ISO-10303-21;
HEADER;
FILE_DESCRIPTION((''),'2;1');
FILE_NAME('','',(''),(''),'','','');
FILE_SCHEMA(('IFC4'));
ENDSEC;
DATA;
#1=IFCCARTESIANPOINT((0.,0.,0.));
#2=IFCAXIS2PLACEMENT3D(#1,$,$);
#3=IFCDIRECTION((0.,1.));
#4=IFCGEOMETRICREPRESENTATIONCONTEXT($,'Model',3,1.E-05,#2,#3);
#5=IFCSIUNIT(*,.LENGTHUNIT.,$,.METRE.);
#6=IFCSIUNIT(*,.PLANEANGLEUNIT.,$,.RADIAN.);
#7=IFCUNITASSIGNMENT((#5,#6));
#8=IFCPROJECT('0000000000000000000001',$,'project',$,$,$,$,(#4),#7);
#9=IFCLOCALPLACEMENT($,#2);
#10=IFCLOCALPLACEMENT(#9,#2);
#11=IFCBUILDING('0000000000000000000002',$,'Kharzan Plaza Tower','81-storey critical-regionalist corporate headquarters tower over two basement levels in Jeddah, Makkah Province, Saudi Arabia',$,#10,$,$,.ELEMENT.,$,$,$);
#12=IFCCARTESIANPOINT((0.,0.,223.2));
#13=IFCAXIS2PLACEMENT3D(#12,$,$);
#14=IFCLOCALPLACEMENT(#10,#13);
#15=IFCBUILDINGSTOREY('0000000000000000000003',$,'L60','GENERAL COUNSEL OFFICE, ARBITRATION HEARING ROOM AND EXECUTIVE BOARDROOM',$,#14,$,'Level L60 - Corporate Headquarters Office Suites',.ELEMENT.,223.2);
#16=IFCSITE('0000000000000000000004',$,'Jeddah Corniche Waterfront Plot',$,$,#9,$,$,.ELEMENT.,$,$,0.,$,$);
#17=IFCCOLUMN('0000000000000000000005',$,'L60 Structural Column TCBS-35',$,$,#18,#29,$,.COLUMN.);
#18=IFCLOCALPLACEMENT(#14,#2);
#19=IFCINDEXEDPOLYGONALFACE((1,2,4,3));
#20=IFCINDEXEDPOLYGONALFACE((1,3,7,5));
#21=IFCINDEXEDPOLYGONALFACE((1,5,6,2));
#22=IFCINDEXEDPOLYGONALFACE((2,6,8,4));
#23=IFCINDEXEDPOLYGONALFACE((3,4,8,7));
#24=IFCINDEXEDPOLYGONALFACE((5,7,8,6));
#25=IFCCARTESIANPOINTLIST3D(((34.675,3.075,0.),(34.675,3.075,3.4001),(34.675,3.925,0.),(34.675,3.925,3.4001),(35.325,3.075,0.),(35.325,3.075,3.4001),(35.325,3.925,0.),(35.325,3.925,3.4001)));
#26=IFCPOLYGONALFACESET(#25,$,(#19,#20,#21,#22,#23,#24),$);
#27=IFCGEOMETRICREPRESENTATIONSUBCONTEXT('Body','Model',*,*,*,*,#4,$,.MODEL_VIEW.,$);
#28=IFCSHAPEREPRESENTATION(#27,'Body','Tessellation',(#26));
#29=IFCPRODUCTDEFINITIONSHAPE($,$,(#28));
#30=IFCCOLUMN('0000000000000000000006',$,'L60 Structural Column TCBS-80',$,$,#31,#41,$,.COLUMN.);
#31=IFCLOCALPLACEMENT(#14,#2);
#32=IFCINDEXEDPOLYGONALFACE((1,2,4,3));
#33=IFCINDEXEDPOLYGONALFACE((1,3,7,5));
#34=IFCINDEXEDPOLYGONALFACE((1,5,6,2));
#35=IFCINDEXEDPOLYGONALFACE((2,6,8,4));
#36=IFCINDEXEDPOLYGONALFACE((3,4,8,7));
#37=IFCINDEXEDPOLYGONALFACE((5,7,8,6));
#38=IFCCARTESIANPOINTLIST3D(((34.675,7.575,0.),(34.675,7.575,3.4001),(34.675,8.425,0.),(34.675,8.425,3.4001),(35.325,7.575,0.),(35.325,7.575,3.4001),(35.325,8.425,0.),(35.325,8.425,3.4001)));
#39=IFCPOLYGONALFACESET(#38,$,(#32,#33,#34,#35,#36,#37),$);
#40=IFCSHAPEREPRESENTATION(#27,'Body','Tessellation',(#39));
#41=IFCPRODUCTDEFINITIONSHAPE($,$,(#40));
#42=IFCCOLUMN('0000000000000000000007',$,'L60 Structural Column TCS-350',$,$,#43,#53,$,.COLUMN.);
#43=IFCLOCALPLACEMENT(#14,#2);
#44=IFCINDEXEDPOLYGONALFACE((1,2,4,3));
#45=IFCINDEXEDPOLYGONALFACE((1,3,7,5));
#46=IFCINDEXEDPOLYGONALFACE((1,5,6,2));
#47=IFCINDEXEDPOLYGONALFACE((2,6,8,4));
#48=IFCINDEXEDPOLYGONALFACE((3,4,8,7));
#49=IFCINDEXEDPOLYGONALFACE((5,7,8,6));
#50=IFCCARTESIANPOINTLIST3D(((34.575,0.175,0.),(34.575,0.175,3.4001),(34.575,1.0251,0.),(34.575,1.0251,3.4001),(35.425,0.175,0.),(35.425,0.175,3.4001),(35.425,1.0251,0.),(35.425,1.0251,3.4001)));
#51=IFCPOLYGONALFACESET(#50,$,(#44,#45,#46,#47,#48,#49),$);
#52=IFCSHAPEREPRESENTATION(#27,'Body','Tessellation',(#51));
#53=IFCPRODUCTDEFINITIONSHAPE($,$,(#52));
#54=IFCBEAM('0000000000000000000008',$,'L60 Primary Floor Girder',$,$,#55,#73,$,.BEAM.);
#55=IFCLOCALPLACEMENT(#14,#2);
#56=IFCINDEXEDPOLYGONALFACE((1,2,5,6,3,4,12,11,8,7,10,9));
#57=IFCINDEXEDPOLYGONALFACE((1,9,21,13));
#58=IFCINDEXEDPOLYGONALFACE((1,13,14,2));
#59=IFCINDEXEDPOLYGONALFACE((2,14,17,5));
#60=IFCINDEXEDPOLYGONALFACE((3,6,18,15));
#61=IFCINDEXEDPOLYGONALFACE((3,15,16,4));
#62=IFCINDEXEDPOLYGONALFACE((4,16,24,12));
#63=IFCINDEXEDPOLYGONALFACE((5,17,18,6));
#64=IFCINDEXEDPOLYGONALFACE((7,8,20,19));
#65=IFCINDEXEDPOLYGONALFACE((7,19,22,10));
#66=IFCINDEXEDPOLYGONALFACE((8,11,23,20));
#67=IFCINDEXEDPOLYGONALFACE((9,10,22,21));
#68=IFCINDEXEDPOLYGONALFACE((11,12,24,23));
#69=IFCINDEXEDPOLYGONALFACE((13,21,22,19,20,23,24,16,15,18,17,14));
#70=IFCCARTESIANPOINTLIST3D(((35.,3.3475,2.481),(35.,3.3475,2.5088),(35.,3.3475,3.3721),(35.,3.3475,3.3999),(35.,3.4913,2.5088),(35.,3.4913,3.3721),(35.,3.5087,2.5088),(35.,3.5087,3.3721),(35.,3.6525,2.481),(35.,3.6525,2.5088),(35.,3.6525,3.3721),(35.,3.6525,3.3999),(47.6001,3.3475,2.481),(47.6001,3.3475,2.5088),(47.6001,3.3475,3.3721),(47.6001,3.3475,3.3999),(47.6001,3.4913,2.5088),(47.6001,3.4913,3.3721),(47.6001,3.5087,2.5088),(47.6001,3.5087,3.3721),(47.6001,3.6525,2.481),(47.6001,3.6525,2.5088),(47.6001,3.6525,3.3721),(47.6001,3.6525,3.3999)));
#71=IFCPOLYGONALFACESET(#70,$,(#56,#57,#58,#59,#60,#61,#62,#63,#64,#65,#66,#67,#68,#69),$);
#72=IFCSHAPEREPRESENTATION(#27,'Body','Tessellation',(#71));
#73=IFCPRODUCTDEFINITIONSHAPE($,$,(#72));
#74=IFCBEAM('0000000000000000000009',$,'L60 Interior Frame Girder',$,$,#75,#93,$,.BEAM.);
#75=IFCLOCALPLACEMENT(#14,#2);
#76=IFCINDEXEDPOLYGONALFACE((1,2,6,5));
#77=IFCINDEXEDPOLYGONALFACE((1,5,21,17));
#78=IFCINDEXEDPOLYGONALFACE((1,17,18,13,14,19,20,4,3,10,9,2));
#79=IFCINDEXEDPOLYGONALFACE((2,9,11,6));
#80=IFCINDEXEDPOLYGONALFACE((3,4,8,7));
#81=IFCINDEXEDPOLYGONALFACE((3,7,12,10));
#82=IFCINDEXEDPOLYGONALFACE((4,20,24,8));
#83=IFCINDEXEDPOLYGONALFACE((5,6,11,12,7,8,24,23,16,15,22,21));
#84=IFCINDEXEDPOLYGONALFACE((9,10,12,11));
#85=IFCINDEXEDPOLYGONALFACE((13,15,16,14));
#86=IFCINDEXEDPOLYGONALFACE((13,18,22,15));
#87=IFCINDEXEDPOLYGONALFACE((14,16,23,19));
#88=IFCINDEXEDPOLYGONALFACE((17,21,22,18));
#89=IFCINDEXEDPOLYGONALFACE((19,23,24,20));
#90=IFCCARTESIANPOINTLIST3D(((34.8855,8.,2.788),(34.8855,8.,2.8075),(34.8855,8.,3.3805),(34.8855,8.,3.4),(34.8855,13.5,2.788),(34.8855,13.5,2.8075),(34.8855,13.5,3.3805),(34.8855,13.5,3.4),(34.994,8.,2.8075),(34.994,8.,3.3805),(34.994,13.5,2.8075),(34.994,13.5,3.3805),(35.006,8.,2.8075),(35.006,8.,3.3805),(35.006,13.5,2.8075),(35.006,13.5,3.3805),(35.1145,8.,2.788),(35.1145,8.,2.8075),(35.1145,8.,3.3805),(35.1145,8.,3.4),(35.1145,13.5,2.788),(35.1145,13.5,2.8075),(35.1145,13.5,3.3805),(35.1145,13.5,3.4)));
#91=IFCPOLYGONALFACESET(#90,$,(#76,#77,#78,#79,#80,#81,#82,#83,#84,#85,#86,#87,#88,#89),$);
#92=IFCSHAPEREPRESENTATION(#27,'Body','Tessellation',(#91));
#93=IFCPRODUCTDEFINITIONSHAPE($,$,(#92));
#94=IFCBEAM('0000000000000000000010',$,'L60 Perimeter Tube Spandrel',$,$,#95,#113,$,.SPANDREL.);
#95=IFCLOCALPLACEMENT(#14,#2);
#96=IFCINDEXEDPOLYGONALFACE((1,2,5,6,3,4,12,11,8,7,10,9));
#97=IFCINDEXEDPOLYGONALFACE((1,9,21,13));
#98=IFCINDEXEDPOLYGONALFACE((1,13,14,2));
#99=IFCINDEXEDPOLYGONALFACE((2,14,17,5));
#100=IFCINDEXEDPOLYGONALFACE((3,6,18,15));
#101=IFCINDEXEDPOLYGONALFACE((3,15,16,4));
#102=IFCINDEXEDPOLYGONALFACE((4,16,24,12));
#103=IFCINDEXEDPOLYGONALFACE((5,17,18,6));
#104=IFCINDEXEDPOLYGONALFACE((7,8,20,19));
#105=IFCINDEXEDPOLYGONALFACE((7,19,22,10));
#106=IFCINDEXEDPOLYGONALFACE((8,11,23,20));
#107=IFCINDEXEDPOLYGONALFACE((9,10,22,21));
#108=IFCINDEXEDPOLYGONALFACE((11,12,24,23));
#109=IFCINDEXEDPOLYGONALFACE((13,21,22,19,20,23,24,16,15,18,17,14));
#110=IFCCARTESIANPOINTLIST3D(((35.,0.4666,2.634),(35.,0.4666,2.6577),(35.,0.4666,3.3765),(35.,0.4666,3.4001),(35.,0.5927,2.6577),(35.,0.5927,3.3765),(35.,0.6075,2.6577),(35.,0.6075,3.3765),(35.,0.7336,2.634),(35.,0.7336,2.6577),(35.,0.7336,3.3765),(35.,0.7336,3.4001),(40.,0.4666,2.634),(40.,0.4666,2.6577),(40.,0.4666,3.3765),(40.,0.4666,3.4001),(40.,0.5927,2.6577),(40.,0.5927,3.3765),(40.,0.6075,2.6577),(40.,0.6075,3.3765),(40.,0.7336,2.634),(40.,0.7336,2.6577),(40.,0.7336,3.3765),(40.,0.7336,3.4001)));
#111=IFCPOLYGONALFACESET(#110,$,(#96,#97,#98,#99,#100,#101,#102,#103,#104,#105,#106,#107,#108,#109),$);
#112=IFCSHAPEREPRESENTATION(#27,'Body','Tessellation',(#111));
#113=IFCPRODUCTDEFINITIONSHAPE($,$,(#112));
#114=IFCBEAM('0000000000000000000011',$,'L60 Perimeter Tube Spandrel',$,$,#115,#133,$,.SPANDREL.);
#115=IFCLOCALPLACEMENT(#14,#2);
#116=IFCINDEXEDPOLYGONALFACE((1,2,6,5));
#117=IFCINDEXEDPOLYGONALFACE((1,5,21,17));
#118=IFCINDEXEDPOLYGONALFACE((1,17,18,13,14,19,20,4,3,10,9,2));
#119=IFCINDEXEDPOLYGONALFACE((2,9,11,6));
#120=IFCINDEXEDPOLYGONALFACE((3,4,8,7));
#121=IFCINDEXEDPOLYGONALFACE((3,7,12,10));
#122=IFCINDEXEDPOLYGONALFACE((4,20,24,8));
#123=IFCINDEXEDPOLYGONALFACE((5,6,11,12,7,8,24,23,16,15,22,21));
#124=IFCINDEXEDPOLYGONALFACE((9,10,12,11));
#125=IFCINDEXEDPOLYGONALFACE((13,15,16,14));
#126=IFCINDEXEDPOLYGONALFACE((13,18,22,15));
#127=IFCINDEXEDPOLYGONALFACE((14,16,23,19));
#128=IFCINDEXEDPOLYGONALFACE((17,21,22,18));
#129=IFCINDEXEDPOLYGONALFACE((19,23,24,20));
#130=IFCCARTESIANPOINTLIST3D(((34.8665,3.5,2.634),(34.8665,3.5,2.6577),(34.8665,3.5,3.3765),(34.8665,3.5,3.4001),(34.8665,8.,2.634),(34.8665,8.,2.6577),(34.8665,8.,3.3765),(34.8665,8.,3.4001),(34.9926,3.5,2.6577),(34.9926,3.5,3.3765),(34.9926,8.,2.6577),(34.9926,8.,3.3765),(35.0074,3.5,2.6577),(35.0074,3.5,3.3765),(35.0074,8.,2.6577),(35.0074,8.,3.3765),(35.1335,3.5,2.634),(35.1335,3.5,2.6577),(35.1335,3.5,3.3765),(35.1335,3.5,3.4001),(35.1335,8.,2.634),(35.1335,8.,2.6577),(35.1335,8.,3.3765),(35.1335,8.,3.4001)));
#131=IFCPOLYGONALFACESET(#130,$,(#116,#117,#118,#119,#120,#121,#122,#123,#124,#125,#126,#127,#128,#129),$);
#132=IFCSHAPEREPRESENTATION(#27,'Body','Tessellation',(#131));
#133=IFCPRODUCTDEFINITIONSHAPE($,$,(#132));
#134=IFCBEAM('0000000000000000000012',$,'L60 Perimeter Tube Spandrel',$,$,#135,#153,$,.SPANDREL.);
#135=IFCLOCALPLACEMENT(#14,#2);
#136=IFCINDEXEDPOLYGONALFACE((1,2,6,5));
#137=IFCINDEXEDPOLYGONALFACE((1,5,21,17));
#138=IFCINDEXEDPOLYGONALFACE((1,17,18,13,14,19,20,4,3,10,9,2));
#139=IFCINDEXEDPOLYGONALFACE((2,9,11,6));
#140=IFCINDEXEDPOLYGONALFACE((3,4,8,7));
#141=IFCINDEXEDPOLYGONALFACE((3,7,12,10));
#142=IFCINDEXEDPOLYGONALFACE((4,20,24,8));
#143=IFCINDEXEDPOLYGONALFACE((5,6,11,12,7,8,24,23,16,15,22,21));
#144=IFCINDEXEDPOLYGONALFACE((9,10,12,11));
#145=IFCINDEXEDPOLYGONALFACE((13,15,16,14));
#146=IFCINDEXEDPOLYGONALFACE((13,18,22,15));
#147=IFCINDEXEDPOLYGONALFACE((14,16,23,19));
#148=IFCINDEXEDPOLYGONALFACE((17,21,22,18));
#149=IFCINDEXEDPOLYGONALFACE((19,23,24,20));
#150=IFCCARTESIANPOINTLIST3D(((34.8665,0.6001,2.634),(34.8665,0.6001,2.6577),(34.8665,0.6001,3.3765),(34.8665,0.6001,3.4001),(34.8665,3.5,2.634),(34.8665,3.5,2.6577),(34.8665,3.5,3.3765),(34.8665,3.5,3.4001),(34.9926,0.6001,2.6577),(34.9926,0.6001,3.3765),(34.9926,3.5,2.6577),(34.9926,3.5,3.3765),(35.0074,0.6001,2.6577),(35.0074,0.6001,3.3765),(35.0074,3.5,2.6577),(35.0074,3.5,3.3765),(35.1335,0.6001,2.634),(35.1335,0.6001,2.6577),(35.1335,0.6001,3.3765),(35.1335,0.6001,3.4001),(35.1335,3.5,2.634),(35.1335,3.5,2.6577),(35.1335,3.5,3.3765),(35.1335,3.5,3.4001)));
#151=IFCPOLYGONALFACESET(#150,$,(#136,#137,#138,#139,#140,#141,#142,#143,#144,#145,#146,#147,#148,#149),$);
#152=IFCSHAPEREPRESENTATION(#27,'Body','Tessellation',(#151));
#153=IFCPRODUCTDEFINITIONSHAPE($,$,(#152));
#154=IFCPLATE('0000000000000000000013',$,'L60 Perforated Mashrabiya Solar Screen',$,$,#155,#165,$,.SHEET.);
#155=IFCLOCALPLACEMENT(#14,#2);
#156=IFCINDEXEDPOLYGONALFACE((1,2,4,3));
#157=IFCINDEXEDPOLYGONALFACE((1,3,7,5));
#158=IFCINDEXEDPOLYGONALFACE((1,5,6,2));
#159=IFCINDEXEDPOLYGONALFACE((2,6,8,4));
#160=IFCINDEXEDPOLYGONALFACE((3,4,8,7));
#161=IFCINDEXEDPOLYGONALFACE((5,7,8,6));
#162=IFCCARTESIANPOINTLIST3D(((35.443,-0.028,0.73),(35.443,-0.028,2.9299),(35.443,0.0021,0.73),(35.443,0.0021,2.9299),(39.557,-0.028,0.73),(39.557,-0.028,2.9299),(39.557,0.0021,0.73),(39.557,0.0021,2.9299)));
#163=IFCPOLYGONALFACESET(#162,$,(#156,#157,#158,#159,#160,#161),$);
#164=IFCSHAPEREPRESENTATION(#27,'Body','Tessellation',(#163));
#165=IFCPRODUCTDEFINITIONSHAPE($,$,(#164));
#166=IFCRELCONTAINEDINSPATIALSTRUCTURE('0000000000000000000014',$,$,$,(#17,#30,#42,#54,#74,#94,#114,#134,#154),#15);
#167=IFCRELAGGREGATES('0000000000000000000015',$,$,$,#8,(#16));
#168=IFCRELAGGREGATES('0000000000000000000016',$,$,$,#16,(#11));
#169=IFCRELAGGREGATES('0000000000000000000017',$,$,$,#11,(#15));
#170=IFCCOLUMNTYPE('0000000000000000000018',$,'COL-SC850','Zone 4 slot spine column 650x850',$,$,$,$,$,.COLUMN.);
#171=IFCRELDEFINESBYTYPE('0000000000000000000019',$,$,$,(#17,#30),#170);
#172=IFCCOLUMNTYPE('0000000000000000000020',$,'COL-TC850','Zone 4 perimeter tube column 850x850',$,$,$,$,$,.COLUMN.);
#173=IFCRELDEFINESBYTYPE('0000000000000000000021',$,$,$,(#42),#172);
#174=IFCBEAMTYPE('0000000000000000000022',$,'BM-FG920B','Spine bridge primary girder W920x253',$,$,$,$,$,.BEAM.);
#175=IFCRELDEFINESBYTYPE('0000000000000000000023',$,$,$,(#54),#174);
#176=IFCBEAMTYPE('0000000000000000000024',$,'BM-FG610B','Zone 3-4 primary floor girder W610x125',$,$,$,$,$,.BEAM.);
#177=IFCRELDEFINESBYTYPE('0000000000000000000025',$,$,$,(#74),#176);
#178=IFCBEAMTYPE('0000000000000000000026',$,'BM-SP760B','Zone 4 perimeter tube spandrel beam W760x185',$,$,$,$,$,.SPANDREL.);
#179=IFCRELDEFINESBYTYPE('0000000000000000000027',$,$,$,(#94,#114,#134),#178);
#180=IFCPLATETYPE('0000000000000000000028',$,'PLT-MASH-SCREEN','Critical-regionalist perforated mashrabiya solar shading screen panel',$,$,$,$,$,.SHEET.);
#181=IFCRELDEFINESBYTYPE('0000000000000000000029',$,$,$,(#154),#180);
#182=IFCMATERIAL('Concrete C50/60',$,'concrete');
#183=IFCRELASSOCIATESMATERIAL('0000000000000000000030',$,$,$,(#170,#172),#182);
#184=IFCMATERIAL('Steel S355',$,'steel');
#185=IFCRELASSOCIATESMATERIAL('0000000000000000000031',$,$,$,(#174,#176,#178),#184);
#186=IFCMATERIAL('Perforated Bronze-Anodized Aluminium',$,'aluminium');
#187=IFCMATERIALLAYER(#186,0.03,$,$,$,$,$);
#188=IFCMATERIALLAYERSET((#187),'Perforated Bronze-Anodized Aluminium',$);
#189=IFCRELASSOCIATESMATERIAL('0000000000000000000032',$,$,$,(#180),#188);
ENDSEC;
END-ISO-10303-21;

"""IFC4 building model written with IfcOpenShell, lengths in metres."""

from ifc_helpers import new_model, si_unit, direction, frame, origin, origin_2d, place, context, subcontext, project, spatial, rectangle, i_section, extrude, source, transform, mapped, material, layer, layer_set, material_profile, profile_set, type_object, element, save


model = new_model("IFC4")

# Units and contexts
model_context = context("Model", 3, precision=1e-05, world=origin(), true_north=direction((0.0, 1.0)))
body_context = subcontext(model_context, "Body", "Model", "MODEL_VIEW")
ifc_project = project(units=[si_unit("LENGTHUNIT", "METRE"), si_unit("PLANEANGLEUNIT", "RADIAN")], contexts=[model_context])

# Site, building, storey
site_placement = place(None, origin())
site = spatial("IfcSite", under=ifc_project, at=site_placement, Name="Jeddah Corniche Waterfront Plot", CompositionType="ELEMENT", RefElevation=0.0)
building_placement = place(site_placement, origin())
building = spatial("IfcBuilding", under=site, at=building_placement, Name="Kharzan Plaza Tower", Description="81-storey critical-regionalist corporate headquarters tower over two basement levels in Jeddah, Makkah Province, Saudi Arabia", CompositionType="ELEMENT")
storey_placement = place(building_placement, frame((0.0, 0.0, 223.2)))
storey = spatial("IfcBuildingStorey", under=building, at=storey_placement, Name="L60", Description="GENERAL COUNSEL OFFICE, ARBITRATION HEARING ROOM AND EXECUTIVE BOARDROOM", LongName="Level L60 - Corporate Headquarters Office Suites", CompositionType="ELEMENT", Elevation=223.2)

# Columns
ifc_material_1 = material(Name="Concrete C50/60", Category="concrete")
ifc_material_profile_1 = material_profile(ifc_material_1, rectangle(XDim=0.6499, YDim=0.8501, at=origin_2d()), Name="RC-SC850x650")
ifc_profile_set_1 = profile_set([ifc_material_profile_1], Name="Concrete C50/60")
column_type_1 = type_object("IfcColumnType", Name="COL-SC850", Description="Zone 4 slot spine column 650x850", PredefinedType="COLUMN", material=ifc_profile_set_1)
shared_shape_1 = source(origin(), body_context, "Body", "SweptSolid", [
    extrude(rectangle(XDim=0.6499, YDim=0.8501, at=origin_2d()), origin(), (0.0, 0.0, 1.0), 3.4001),
])
for number, where, z_axis, x_axis, name in (
    (1, (35.0, 3.5, 0.0), (0.0, 0.0, 1.0), (1.0, 0.0, 0.0), "L60 Structural Column TCBS-35"),
    (2, (35.0, 8.0, 0.0), (0.0, 0.0, 1.0), (1.0, 0.0, 0.0), "L60 Structural Column TCBS-80"),
):
    element("IfcColumn", number, at=place(storey_placement, frame(where, z_axis=z_axis, x_axis=x_axis)), inside=storey, type_object=column_type_1, Name=name, PredefinedType="COLUMN", context=body_context, shape_type="MappedRepresentation", body=[
        mapped(shared_shape_1, transform((0.0, 0.0, 0.0), x_axis=(1.0, 0.0, 0.0), y_axis=(0.0, 1.0, 0.0), z_axis=(0.0, 0.0, 1.0))),
    ])
ifc_material_profile_2 = material_profile(ifc_material_1, rectangle(XDim=0.8501, YDim=0.8501, at=origin_2d()), Name="RC-TC850x850")
ifc_profile_set_2 = profile_set([ifc_material_profile_2], Name="Concrete C50/60")
column_type_2 = type_object("IfcColumnType", Name="COL-TC850", Description="Zone 4 perimeter tube column 850x850", PredefinedType="COLUMN", material=ifc_profile_set_2)
shared_shape_2 = source(origin(), body_context, "Body", "SweptSolid", [
    extrude(rectangle(XDim=0.8501, YDim=0.8501, at=origin_2d()), origin(), (0.0, 0.0, 1.0), 3.4001),
])
column_placement = place(storey_placement, frame((35.0, 0.6001, 0.0), z_axis=(0.0, 0.0, 1.0), x_axis=(1.0, 0.0, 0.0)))
element("IfcColumn", 3, at=column_placement, inside=storey, type_object=column_type_2, Name="L60 Structural Column TCS-350", PredefinedType="COLUMN", context=body_context, shape_type="MappedRepresentation", body=[
    mapped(shared_shape_2, transform((0.0, 0.0, 0.0), x_axis=(1.0, 0.0, 0.0), y_axis=(0.0, 1.0, 0.0), z_axis=(0.0, 0.0, 1.0))),
])

# Beams
ifc_material_2 = material(Name="Steel S355", Category="steel")
ifc_material_profile_3 = material_profile(ifc_material_2, i_section(OverallWidth=0.3049, OverallDepth=0.9189, WebThickness=0.0173, FlangeThickness=0.0278, at=origin_2d()), Name="W920x253")
ifc_profile_set_3 = profile_set([ifc_material_profile_3], Name="Steel S355")
beam_type_1 = type_object("IfcBeamType", Name="BM-FG920B", Description="Spine bridge primary girder W920x253", PredefinedType="BEAM", material=ifc_profile_set_3)
shared_shape_3 = source(origin(), body_context, "Body", "SweptSolid", [
    extrude(i_section(OverallWidth=0.3049, OverallDepth=0.9189, WebThickness=0.0173, FlangeThickness=0.0278, at=origin_2d()), origin(), (0.0, 0.0, 1.0), 12.6001),
])
beam_1_placement = place(storey_placement, frame((35.0, 3.5, 2.9404), z_axis=(1.0, 0.0, 0.0), x_axis=(0.0, 1.0, 0.0)))
element("IfcBeam", 4, at=beam_1_placement, inside=storey, type_object=beam_type_1, Name="L60 Primary Floor Girder", PredefinedType="BEAM", context=body_context, shape_type="MappedRepresentation", body=[
    mapped(shared_shape_3, transform((0.0, 0.0, 0.0), x_axis=(1.0, 0.0, 0.0), y_axis=(0.0, 1.0, 0.0), z_axis=(0.0, 0.0, 1.0))),
])
ifc_material_profile_4 = material_profile(ifc_material_2, i_section(OverallWidth=0.229, OverallDepth=0.6121, WebThickness=0.012, FlangeThickness=0.0195, at=origin_2d()), Name="W610x125")
ifc_profile_set_4 = profile_set([ifc_material_profile_4], Name="Steel S355")
beam_type_2 = type_object("IfcBeamType", Name="BM-FG610B", Description="Zone 3-4 primary floor girder W610x125", PredefinedType="BEAM", material=ifc_profile_set_4)
shared_shape_4 = source(origin(), body_context, "Body", "SweptSolid", [
    extrude(i_section(OverallWidth=0.229, OverallDepth=0.6121, WebThickness=0.012, FlangeThickness=0.0195, at=origin_2d()), origin(), (0.0, 0.0, 1.0), 5.5),
])
beam_2_placement = place(storey_placement, frame((35.0, 8.0, 3.094), z_axis=(0.0, 1.0, 0.0), x_axis=(-1.0, 0.0, 0.0)))
element("IfcBeam", 5, at=beam_2_placement, inside=storey, type_object=beam_type_2, Name="L60 Interior Frame Girder", PredefinedType="BEAM", context=body_context, shape_type="MappedRepresentation", body=[
    mapped(shared_shape_4, transform((0.0, 0.0, 0.0), x_axis=(1.0, 0.0, 0.0), y_axis=(0.0, 1.0, 0.0), z_axis=(0.0, 0.0, 1.0))),
])
ifc_material_profile_5 = material_profile(ifc_material_2, i_section(OverallWidth=0.2671, OverallDepth=0.7661, WebThickness=0.0149, FlangeThickness=0.0237, at=origin_2d()), Name="W760x185")
ifc_profile_set_5 = profile_set([ifc_material_profile_5], Name="Steel S355")
beam_type_3 = type_object("IfcBeamType", Name="BM-SP760B", Description="Zone 4 perimeter tube spandrel beam W760x185", PredefinedType="SPANDREL", material=ifc_profile_set_5)
shared_shape_5 = source(origin(), body_context, "Body", "SweptSolid", [
    extrude(i_section(OverallWidth=0.2671, OverallDepth=0.7661, WebThickness=0.0149, FlangeThickness=0.0237, at=origin_2d()), origin(), (0.0, 0.0, 1.0), 5.0),
])
beam_3_placement = place(storey_placement, frame((35.0, 0.6001, 3.0171), z_axis=(1.0, 0.0, 0.0), x_axis=(0.0, 1.0, 0.0)))
element("IfcBeam", 6, at=beam_3_placement, inside=storey, type_object=beam_type_3, Name="L60 Perimeter Tube Spandrel", PredefinedType="SPANDREL", context=body_context, shape_type="MappedRepresentation", body=[
    mapped(shared_shape_5, transform((0.0, 0.0, 0.0), x_axis=(1.0, 0.0, 0.0), y_axis=(0.0, 1.0, 0.0), z_axis=(0.0, 0.0, 1.0))),
])
shared_shape_6 = source(origin(), body_context, "Body", "SweptSolid", [
    extrude(i_section(OverallWidth=0.2671, OverallDepth=0.7661, WebThickness=0.0149, FlangeThickness=0.0237, at=origin_2d()), origin(), (0.0, 0.0, 1.0), 4.5),
])
beam_4_placement = place(storey_placement, frame((35.0, 3.5, 3.0171), z_axis=(0.0, 1.0, 0.0), x_axis=(-1.0, 0.0, 0.0)))
element("IfcBeam", 7, at=beam_4_placement, inside=storey, type_object=beam_type_3, Name="L60 Perimeter Tube Spandrel", PredefinedType="SPANDREL", context=body_context, shape_type="MappedRepresentation", body=[
    mapped(shared_shape_6, transform((0.0, 0.0, 0.0), x_axis=(1.0, 0.0, 0.0), y_axis=(0.0, 1.0, 0.0), z_axis=(0.0, 0.0, 1.0))),
])
shared_shape_7 = source(origin(), body_context, "Body", "SweptSolid", [
    extrude(i_section(OverallWidth=0.2671, OverallDepth=0.7661, WebThickness=0.0149, FlangeThickness=0.0237, at=origin_2d()), origin(), (0.0, 0.0, 1.0), 2.8999),
])
beam_5_placement = place(storey_placement, frame((35.0, 0.6001, 3.0171), z_axis=(0.0, 1.0, 0.0), x_axis=(-1.0, 0.0, 0.0)))
element("IfcBeam", 8, at=beam_5_placement, inside=storey, type_object=beam_type_3, Name="L60 Perimeter Tube Spandrel", PredefinedType="SPANDREL", context=body_context, shape_type="MappedRepresentation", body=[
    mapped(shared_shape_7, transform((0.0, 0.0, 0.0), x_axis=(1.0, 0.0, 0.0), y_axis=(0.0, 1.0, 0.0), z_axis=(0.0, 0.0, 1.0))),
])

# Plate
ifc_material_3 = material(Name="Perforated Bronze-Anodized Aluminium", Category="aluminium")
ifc_layer_1 = layer(ifc_material_3, 0.03)
ifc_layer_set_1 = layer_set([ifc_layer_1], Name="Perforated Bronze-Anodized Aluminium")
plate_type = type_object("IfcPlateType", Name="PLT-MASH-SCREEN", Description="Critical-regionalist perforated mashrabiya solar shading screen panel", PredefinedType="SHEET", material=ifc_layer_set_1)
shared_shape_8 = source(origin(), body_context, "Body", "SweptSolid", [
    extrude(rectangle(XDim=4.114, YDim=0.03, at=origin_2d()), origin(), (0.0, 0.0, 1.0), 2.2),
])
plate_placement = place(storey_placement, frame((37.5, -0.0129, 0.73), z_axis=(0.0, 0.0, 1.0), x_axis=(1.0, 0.0, 0.0)))
element("IfcPlate", 9, at=plate_placement, inside=storey, type_object=plate_type, Name="L60 Perforated Mashrabiya Solar Screen", PredefinedType="SHEET", context=body_context, shape_type="MappedRepresentation", body=[
    mapped(shared_shape_8, transform((0.0, 0.0, 0.0), x_axis=(1.0, 0.0, 0.0), y_axis=(0.0, 1.0, 0.0), z_axis=(0.0, 0.0, 1.0))),
])

save(model, "model.ifc")
